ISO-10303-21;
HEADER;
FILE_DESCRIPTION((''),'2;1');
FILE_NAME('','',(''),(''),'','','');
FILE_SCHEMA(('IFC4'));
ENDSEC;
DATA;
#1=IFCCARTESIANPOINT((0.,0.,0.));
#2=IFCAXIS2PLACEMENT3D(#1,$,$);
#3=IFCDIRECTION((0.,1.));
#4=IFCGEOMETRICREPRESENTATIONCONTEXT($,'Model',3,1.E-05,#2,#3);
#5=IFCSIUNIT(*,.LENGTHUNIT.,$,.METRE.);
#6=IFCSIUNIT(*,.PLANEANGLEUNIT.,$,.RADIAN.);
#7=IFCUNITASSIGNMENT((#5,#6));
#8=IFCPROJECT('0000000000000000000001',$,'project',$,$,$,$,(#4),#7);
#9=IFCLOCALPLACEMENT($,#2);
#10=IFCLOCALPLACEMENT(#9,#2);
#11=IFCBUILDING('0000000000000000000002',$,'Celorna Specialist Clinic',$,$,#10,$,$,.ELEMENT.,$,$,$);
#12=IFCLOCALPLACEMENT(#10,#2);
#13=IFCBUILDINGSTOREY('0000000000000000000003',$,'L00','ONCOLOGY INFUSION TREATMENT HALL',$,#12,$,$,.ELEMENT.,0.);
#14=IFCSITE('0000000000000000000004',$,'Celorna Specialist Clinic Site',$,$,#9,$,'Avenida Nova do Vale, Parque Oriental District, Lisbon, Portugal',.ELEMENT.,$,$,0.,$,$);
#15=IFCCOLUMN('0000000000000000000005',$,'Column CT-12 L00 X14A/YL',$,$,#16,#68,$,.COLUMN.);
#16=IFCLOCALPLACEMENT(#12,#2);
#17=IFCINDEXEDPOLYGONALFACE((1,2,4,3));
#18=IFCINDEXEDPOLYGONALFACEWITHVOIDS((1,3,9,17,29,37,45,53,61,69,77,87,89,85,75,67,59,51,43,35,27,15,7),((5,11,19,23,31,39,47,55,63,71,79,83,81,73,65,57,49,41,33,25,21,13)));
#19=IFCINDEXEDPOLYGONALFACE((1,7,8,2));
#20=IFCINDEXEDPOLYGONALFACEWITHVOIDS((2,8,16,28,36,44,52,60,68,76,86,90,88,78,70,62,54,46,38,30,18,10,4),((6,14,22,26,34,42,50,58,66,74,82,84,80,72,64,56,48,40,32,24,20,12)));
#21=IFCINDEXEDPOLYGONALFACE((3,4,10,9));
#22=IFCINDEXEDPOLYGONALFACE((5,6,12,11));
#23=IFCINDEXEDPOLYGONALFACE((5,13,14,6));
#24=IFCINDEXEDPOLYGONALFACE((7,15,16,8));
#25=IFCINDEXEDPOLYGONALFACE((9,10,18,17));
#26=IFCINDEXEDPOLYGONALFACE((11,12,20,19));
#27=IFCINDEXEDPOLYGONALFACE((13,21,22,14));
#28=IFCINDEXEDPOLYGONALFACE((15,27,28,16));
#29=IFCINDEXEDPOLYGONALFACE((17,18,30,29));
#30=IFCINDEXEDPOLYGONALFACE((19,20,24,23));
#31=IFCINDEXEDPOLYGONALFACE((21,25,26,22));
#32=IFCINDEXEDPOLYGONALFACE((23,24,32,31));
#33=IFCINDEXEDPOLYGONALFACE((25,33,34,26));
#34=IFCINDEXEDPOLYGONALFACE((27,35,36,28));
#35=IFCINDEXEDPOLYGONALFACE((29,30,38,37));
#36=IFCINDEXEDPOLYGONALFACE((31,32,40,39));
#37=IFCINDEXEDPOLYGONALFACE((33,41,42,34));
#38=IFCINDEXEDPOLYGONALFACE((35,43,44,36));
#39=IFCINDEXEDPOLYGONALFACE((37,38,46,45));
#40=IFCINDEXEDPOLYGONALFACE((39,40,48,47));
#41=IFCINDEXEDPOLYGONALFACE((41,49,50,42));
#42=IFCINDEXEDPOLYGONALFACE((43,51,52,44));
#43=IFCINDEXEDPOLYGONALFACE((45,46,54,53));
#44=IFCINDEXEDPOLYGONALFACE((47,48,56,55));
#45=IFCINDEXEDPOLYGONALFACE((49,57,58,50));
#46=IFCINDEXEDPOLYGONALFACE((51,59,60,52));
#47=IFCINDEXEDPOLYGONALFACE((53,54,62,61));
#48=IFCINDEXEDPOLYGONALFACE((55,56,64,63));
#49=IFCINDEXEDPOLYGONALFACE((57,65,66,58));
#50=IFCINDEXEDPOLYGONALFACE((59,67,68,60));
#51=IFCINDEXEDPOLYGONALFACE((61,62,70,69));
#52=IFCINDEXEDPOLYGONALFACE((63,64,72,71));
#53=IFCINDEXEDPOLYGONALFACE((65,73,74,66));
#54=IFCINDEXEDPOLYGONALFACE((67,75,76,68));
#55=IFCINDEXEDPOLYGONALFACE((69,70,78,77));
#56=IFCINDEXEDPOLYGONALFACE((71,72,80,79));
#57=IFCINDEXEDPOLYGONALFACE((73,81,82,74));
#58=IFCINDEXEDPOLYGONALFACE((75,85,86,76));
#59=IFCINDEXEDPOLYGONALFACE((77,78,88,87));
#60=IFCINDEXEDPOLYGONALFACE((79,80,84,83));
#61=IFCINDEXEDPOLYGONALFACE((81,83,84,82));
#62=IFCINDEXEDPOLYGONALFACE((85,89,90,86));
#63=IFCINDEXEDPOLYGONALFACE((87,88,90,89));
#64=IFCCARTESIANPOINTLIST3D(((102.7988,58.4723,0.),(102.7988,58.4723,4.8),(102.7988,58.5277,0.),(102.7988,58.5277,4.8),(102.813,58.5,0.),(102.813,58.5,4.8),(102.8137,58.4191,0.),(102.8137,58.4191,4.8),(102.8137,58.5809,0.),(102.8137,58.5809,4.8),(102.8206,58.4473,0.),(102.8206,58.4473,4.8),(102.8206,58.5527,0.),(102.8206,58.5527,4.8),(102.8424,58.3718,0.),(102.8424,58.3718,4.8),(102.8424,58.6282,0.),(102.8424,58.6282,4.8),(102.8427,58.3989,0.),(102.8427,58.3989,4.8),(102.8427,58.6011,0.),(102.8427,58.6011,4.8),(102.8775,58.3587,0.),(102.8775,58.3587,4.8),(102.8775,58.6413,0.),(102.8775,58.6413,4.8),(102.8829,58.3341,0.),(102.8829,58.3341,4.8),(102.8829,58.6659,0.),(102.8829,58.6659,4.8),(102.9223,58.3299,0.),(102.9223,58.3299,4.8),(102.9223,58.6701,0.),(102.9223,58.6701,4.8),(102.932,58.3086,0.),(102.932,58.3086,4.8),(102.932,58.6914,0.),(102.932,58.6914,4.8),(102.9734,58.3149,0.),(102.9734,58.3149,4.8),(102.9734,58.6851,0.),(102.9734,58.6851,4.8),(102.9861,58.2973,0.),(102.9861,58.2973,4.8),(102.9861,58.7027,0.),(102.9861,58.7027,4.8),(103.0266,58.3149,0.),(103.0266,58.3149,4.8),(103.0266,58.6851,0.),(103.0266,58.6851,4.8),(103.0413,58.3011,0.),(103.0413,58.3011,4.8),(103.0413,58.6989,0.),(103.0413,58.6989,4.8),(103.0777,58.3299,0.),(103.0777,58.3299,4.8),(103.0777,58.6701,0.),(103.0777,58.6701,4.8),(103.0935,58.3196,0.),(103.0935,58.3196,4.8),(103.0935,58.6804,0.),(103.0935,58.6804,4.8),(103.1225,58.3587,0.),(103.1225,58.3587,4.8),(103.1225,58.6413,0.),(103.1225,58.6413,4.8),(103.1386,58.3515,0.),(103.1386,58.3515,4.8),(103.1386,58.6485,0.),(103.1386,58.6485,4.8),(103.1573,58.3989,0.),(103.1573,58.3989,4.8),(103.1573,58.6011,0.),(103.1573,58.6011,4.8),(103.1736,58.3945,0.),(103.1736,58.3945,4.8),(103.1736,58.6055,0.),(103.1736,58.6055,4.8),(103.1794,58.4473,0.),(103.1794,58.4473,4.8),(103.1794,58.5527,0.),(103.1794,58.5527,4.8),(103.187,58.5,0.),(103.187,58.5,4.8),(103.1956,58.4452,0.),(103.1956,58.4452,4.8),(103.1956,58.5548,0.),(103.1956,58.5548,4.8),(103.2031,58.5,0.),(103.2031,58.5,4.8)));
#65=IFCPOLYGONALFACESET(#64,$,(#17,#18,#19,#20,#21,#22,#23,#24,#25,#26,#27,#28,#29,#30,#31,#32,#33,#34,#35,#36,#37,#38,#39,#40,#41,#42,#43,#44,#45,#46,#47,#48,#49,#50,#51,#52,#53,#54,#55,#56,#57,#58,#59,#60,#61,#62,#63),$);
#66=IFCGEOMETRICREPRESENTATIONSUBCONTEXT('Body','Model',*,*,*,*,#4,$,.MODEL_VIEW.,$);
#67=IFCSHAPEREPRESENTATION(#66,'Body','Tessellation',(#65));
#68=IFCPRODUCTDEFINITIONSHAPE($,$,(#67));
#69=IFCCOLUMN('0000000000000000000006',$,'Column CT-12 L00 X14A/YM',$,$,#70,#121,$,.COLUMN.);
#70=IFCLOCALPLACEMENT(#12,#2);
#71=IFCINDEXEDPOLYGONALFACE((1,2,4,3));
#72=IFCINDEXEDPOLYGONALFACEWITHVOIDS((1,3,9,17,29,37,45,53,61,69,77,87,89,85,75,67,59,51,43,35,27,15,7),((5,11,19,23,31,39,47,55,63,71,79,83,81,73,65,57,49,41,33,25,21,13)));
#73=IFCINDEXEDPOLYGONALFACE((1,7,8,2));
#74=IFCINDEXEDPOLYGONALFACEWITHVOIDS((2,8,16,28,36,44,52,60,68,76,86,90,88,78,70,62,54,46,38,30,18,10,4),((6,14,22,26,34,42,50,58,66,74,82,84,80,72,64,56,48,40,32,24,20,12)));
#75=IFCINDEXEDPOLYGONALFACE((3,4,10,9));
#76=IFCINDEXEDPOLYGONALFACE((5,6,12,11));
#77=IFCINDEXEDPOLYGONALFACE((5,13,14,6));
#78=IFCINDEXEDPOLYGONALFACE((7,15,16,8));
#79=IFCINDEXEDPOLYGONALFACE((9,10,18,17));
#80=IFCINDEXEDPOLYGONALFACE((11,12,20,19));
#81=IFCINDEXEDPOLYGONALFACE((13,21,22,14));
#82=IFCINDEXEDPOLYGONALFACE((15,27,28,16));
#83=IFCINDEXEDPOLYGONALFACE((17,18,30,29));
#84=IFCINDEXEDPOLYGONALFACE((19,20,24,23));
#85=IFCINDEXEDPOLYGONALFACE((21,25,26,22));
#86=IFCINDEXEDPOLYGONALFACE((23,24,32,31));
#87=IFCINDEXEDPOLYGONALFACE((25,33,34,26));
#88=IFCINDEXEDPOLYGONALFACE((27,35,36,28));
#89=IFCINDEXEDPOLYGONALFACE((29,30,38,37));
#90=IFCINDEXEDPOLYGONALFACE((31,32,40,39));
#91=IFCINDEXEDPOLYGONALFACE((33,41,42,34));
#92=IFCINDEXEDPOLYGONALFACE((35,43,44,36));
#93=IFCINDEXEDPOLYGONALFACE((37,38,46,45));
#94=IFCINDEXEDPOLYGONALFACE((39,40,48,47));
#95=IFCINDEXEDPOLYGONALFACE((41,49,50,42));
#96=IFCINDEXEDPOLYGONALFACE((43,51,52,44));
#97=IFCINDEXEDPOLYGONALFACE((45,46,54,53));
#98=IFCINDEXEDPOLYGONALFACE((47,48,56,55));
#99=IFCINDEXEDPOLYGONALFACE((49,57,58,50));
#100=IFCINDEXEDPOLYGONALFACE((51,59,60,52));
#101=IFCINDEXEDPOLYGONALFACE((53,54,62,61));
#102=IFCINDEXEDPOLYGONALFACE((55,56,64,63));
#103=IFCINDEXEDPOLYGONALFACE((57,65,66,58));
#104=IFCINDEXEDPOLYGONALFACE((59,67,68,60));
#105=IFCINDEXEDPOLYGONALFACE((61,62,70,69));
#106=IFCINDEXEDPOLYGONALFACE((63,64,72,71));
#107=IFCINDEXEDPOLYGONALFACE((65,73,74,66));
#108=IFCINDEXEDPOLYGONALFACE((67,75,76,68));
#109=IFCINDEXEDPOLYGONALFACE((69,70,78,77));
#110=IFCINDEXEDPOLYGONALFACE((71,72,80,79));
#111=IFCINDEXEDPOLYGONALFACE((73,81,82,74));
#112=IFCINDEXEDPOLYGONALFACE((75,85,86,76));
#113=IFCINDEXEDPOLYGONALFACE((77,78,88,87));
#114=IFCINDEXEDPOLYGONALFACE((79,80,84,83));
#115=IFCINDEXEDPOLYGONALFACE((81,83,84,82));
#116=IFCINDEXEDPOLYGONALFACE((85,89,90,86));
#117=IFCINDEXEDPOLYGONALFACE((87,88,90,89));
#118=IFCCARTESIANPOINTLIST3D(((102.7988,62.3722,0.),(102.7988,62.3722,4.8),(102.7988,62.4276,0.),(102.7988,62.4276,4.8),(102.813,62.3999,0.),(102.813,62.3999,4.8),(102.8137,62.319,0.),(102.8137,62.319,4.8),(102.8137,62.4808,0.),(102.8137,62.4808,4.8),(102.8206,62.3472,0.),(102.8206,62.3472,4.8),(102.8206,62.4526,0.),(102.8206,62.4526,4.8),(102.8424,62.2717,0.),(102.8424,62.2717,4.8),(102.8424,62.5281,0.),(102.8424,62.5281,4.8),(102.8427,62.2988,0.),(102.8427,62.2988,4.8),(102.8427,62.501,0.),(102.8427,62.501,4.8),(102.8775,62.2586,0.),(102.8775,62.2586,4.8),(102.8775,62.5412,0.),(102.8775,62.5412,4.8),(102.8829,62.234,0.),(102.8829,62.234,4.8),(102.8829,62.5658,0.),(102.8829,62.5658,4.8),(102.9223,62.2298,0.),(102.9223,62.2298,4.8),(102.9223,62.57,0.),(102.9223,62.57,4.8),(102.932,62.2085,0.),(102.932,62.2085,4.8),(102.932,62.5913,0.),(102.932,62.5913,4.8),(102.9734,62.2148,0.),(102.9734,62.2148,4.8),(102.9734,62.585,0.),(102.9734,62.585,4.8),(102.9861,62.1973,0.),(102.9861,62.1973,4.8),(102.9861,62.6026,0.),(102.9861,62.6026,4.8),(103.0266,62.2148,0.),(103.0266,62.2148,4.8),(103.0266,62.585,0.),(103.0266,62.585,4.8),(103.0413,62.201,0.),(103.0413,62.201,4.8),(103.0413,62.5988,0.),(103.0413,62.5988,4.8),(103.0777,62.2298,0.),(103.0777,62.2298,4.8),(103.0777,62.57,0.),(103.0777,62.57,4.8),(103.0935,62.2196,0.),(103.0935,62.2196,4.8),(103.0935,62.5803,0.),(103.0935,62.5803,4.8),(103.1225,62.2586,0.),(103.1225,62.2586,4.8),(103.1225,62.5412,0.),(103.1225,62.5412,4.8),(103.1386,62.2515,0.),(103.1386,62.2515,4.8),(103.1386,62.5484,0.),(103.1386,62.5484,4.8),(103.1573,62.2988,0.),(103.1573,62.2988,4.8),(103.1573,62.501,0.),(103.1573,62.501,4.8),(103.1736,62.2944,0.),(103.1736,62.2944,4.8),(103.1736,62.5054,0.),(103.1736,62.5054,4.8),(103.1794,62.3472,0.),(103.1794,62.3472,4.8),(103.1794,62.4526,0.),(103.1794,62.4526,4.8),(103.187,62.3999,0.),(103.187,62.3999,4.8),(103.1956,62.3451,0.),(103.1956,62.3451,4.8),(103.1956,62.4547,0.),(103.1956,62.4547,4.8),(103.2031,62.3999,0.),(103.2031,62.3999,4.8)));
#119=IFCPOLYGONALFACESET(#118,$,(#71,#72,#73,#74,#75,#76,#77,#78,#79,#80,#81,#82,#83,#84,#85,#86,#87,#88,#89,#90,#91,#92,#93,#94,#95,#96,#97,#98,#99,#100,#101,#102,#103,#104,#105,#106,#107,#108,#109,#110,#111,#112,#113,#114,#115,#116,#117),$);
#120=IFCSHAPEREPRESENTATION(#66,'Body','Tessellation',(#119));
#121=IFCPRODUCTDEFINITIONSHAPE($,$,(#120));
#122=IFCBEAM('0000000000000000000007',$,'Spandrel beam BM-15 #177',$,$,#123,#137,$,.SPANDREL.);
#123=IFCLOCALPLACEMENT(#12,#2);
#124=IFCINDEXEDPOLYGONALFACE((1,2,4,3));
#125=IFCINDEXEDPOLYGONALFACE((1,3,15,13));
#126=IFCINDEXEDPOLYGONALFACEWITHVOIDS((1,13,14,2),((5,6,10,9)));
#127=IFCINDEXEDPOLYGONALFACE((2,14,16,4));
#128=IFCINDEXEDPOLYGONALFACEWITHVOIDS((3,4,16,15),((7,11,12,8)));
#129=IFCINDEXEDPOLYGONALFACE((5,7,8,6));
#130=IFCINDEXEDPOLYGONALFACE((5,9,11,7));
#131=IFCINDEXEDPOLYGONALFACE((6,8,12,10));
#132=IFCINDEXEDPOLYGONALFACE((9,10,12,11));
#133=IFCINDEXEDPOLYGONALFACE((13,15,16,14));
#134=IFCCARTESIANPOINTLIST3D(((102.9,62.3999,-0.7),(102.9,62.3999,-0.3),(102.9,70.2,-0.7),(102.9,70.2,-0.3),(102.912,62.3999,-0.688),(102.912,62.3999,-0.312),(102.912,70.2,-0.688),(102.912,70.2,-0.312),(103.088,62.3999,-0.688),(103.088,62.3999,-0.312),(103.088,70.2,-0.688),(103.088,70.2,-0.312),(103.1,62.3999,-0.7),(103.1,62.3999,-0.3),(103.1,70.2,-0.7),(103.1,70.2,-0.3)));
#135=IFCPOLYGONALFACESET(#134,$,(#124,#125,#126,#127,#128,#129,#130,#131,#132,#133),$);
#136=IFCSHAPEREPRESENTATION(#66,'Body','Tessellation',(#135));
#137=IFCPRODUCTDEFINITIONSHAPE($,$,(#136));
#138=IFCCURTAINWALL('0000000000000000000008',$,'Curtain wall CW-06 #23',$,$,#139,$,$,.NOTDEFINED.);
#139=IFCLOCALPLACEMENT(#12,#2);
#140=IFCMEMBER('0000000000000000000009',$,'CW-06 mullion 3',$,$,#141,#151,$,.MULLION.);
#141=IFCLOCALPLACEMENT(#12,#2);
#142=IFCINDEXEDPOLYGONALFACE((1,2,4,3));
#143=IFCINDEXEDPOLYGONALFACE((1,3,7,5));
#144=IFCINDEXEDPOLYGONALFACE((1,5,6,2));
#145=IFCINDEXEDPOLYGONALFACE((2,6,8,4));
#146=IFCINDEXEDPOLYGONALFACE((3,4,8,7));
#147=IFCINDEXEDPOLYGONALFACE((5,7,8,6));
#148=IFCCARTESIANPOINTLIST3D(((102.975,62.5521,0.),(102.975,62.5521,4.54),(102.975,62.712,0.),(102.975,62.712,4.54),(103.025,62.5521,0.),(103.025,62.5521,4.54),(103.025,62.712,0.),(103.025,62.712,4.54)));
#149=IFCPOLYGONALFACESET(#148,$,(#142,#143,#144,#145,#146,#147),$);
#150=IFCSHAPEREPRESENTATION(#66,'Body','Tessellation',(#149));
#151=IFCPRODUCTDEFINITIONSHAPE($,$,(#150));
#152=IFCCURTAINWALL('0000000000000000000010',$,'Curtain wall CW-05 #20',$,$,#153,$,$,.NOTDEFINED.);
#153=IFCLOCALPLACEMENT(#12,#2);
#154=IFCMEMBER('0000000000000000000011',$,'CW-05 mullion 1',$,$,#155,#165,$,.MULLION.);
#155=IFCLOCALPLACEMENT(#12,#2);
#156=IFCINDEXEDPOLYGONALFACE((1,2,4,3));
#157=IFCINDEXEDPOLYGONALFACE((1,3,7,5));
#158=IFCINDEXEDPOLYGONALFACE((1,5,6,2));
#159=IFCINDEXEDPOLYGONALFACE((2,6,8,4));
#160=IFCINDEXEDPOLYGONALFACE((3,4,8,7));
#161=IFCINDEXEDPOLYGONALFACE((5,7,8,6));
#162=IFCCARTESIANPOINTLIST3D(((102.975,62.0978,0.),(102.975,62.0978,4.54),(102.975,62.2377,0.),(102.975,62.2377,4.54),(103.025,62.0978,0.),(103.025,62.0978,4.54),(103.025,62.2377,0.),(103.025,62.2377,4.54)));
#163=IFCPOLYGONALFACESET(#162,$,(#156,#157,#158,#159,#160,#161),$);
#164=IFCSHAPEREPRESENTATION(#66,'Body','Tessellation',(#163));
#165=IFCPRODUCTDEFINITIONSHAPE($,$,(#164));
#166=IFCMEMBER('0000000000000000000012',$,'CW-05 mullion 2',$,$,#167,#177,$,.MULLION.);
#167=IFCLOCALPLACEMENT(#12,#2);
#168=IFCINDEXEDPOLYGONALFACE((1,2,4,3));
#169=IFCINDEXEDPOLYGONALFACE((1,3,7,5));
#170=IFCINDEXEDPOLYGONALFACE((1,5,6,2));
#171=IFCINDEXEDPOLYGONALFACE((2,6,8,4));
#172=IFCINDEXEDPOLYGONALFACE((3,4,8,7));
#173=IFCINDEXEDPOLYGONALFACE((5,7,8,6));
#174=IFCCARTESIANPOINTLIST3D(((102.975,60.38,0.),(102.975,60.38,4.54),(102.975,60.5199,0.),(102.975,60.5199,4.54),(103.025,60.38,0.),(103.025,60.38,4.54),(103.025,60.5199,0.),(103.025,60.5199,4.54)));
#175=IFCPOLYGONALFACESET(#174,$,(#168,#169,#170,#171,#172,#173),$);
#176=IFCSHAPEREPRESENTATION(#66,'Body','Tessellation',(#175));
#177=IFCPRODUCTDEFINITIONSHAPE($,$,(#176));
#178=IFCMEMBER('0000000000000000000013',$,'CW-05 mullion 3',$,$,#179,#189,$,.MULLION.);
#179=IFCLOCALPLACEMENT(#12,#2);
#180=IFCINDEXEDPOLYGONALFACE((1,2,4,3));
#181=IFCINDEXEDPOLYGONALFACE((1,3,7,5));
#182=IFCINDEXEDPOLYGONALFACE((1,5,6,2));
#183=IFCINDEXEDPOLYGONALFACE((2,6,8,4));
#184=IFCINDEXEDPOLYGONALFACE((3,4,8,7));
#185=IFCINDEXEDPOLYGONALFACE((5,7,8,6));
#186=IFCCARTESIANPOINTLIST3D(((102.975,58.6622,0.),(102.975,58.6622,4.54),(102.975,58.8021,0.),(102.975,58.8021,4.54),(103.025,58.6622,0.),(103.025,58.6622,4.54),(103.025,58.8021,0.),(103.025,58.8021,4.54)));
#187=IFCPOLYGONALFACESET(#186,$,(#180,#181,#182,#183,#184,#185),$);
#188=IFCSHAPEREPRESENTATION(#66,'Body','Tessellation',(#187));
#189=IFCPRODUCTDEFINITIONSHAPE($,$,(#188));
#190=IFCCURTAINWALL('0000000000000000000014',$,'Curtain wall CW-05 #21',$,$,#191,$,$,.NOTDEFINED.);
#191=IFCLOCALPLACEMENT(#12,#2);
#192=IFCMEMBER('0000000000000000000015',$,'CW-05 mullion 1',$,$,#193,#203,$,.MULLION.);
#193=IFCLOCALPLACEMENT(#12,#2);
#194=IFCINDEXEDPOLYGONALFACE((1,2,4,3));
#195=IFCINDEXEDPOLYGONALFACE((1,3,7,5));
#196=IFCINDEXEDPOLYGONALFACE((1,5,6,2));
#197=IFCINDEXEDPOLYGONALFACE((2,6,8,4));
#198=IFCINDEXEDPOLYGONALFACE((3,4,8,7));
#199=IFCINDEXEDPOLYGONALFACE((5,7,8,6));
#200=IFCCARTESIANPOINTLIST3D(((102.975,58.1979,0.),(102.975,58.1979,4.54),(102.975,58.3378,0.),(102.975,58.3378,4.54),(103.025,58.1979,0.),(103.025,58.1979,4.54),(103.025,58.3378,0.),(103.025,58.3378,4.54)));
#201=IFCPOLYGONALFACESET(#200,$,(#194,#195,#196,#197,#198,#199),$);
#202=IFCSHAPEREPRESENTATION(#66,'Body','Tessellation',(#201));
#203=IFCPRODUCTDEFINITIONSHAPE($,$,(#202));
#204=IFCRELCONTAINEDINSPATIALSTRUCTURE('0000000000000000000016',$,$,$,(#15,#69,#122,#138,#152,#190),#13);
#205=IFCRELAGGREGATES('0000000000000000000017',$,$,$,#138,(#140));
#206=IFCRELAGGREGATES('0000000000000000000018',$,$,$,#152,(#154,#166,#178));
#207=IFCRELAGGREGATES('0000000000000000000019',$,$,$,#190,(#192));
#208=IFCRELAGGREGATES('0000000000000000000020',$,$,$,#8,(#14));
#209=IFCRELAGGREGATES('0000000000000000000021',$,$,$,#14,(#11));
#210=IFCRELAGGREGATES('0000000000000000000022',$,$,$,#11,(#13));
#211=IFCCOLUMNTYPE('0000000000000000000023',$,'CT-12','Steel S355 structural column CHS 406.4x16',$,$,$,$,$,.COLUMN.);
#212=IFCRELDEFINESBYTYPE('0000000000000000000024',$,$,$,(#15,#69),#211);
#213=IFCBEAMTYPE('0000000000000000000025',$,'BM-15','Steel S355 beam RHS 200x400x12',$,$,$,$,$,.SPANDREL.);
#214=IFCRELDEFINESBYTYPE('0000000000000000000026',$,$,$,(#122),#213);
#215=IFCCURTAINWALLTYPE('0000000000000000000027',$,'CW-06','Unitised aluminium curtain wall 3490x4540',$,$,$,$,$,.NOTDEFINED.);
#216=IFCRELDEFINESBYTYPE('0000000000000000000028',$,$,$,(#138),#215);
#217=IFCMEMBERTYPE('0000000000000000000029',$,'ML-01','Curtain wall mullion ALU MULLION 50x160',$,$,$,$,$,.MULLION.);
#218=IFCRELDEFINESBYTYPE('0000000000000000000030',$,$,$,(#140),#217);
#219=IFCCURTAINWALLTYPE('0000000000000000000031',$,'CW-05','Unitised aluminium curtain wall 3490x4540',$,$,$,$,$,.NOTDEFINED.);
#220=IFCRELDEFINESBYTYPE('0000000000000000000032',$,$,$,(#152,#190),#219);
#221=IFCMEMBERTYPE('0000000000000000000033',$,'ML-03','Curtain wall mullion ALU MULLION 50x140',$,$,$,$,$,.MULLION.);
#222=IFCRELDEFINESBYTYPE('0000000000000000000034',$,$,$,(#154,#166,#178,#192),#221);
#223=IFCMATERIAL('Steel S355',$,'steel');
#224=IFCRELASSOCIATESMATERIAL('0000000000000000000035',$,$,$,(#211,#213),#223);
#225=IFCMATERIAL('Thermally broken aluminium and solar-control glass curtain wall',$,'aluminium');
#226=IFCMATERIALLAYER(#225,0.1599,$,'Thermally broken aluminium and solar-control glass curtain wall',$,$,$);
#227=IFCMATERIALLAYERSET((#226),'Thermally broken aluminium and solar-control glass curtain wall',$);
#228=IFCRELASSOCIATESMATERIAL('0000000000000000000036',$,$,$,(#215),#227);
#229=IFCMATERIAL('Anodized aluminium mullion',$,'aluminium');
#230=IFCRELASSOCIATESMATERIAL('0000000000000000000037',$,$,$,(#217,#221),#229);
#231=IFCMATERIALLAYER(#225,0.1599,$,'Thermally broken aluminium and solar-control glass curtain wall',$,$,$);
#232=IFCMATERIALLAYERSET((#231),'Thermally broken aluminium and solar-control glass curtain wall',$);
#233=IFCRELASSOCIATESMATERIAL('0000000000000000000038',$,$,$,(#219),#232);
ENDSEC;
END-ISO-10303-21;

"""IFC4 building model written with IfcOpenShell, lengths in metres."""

from ifc_helpers import new_model, si_unit, direction, frame, origin, origin_2d, place, context, subcontext, project, spatial, rectangle, hollow_rectangle, hollow_circle, extrude, material, layer, layer_set, material_profile, profile_set, type_object, element, aggregate, save


model = new_model("IFC4")

# Units and contexts
model_context = context("Model", 3, precision=1e-05, world=origin(), true_north=direction((0.0, 1.0)))
body_context = subcontext(model_context, "Body", "Model", "MODEL_VIEW")
ifc_project = project(units=[si_unit("LENGTHUNIT", "METRE"), si_unit("PLANEANGLEUNIT", "RADIAN")], contexts=[model_context])

# Site, building, storey
site_placement = place(None, origin())
site = spatial("IfcSite", under=ifc_project, at=site_placement, Name="Celorna Specialist Clinic Site", LongName="Avenida Nova do Vale, Parque Oriental District, Lisbon, Portugal", CompositionType="ELEMENT", RefElevation=0.0)
building_placement = place(site_placement, origin())
building = spatial("IfcBuilding", under=site, at=building_placement, Name="Celorna Specialist Clinic", CompositionType="ELEMENT")
storey_placement = place(building_placement, origin())
storey = spatial("IfcBuildingStorey", under=building, at=storey_placement, Name="L00", Description="ONCOLOGY INFUSION TREATMENT HALL", CompositionType="ELEMENT", Elevation=0.0)

# Columns
ifc_material_1 = material(Name="Steel S355", Category="steel")
ifc_material_profile_1 = material_profile(ifc_material_1, hollow_circle(Radius=0.2031, WallThickness=0.0161, at=origin_2d()), Name="CHS 406.4x16")
ifc_profile_set_1 = profile_set([ifc_material_profile_1], Name="Steel S355")
column_type = type_object("IfcColumnType", Name="CT-12", Description="Steel S355 structural column CHS 406.4x16", PredefinedType="COLUMN", material=ifc_profile_set_1)
for number, where, z_axis, x_axis, name in (
    (1, (103.0, 58.5, 0.0), (0.0, 0.0, 1.0), (1.0, 0.0, 0.0), "Column CT-12 L00 X14A/YL"),
    (2, (103.0, 62.3999, 0.0), (0.0, 0.0, 1.0), (1.0, 0.0, 0.0), "Column CT-12 L00 X14A/YM"),
):
    element("IfcColumn", number, at=place(storey_placement, frame(where, z_axis=z_axis, x_axis=x_axis)), inside=storey, type_object=column_type, Name=name, PredefinedType="COLUMN", context=body_context, shape_type="SweptSolid", body=[
        extrude(hollow_circle(Radius=0.2031, WallThickness=0.0161, at=origin_2d()), origin(), (0.0, 0.0, 1.0), 4.8),
    ])

# Beam
ifc_material_profile_2 = material_profile(ifc_material_1, hollow_rectangle(XDim=0.2, YDim=0.3999, WallThickness=0.012, at=origin_2d()), Name="RHS 200x400x12")
ifc_profile_set_2 = profile_set([ifc_material_profile_2], Name="Steel S355")
beam_type = type_object("IfcBeamType", Name="BM-15", Description="Steel S355 beam RHS 200x400x12", PredefinedType="SPANDREL", material=ifc_profile_set_2)
beam_placement = place(storey_placement, frame((103.0, 62.3999, -0.5), z_axis=(0.0, 1.0, 0.0), x_axis=(-1.0, 0.0, 0.0)))
element("IfcBeam", 3, at=beam_placement, inside=storey, type_object=beam_type, Name="Spandrel beam BM-15 #177", PredefinedType="SPANDREL", context=body_context, shape_type="SweptSolid", body=[
    extrude(hollow_rectangle(XDim=0.2, YDim=0.3999, WallThickness=0.012, at=origin_2d()), origin(), (0.0, 0.0, 1.0), 7.8),
])

# Curtain wall, member
ifc_material_2 = material(Name="Thermally broken aluminium and solar-control glass curtain wall", Category="aluminium")
ifc_layer_1 = layer(ifc_material_2, 0.1599, Name="Thermally broken aluminium and solar-control glass curtain wall")
ifc_layer_set_1 = layer_set([ifc_layer_1], Name="Thermally broken aluminium and solar-control glass curtain wall")
curtain_wall_type_1 = type_object("IfcCurtainWallType", Name="CW-06", Description="Unitised aluminium curtain wall 3490x4540", PredefinedType="NOTDEFINED", material=ifc_layer_set_1)
curtain_wall_1_placement = place(storey_placement, origin())
curtain_wall_1 = element("IfcCurtainWall", 4, at=curtain_wall_1_placement, inside=storey, type_object=curtain_wall_type_1, Name="Curtain wall CW-06 #23", PredefinedType="NOTDEFINED")
ifc_material_3 = material(Name="Anodized aluminium mullion", Category="aluminium")
ifc_material_profile_3 = material_profile(ifc_material_3, rectangle(XDim=0.05, YDim=0.1599, at=origin_2d()), Name="ALU MULLION 50x160")
ifc_profile_set_3 = profile_set([ifc_material_profile_3], Name="Anodized aluminium mullion")
member_type_1 = type_object("IfcMemberType", Name="ML-01", Description="Curtain wall mullion ALU MULLION 50x160", PredefinedType="MULLION", material=ifc_profile_set_3)
member_1_placement = place(storey_placement, frame((103.0, 62.6321, 0.0), z_axis=(0.0, 0.0, 1.0), x_axis=(1.0, 0.0, 0.0)))
member_1 = element("IfcMember", 5, at=member_1_placement, type_object=member_type_1, Name="CW-06 mullion 3", PredefinedType="MULLION", context=body_context, shape_type="SweptSolid", body=[
    extrude(rectangle(XDim=0.05, YDim=0.1599, at=origin_2d()), origin(), (0.0, 0.0, 1.0), 4.54),
])

# Curtain wall, members
ifc_layer_2 = layer(ifc_material_2, 0.1599, Name="Thermally broken aluminium and solar-control glass curtain wall")
ifc_layer_set_2 = layer_set([ifc_layer_2], Name="Thermally broken aluminium and solar-control glass curtain wall")
curtain_wall_type_2 = type_object("IfcCurtainWallType", Name="CW-05", Description="Unitised aluminium curtain wall 3490x4540", PredefinedType="NOTDEFINED", material=ifc_layer_set_2)
curtain_wall_2_placement = place(storey_placement, origin())
curtain_wall_2 = element("IfcCurtainWall", 6, at=curtain_wall_2_placement, inside=storey, type_object=curtain_wall_type_2, Name="Curtain wall CW-05 #20", PredefinedType="NOTDEFINED")
ifc_material_profile_4 = material_profile(ifc_material_3, rectangle(XDim=0.05, YDim=0.1399, at=origin_2d()), Name="ALU MULLION 50x140")
ifc_profile_set_4 = profile_set([ifc_material_profile_4], Name="Anodized aluminium mullion")
member_type_2 = type_object("IfcMemberType", Name="ML-03", Description="Curtain wall mullion ALU MULLION 50x140", PredefinedType="MULLION", material=ifc_profile_set_4)
member_2_placement = place(storey_placement, frame((103.0, 62.1677, 0.0), z_axis=(0.0, 0.0, 1.0), x_axis=(1.0, 0.0, 0.0)))
member_2 = element("IfcMember", 7, at=member_2_placement, type_object=member_type_2, Name="CW-05 mullion 1", PredefinedType="MULLION", context=body_context, shape_type="SweptSolid", body=[
    extrude(rectangle(XDim=0.05, YDim=0.1399, at=origin_2d()), origin(), (0.0, 0.0, 1.0), 4.54),
])
member_3_placement = place(storey_placement, frame((103.0, 60.45, 0.0), z_axis=(0.0, 0.0, 1.0), x_axis=(1.0, 0.0, 0.0)))
member_3 = element("IfcMember", 8, at=member_3_placement, type_object=member_type_2, Name="CW-05 mullion 2", PredefinedType="MULLION", context=body_context, shape_type="SweptSolid", body=[
    extrude(rectangle(XDim=0.05, YDim=0.1399, at=origin_2d()), origin(), (0.0, 0.0, 1.0), 4.54),
])
member_4_placement = place(storey_placement, frame((103.0, 58.7322, 0.0), z_axis=(0.0, 0.0, 1.0), x_axis=(1.0, 0.0, 0.0)))
member_4 = element("IfcMember", 9, at=member_4_placement, type_object=member_type_2, Name="CW-05 mullion 3", PredefinedType="MULLION", context=body_context, shape_type="SweptSolid", body=[
    extrude(rectangle(XDim=0.05, YDim=0.1399, at=origin_2d()), origin(), (0.0, 0.0, 1.0), 4.54),
])

# Curtain wall, member
curtain_wall_3_placement = place(storey_placement, origin())
curtain_wall_3 = element("IfcCurtainWall", 10, at=curtain_wall_3_placement, inside=storey, type_object=curtain_wall_type_2, Name="Curtain wall CW-05 #21", PredefinedType="NOTDEFINED")
member_5_placement = place(storey_placement, frame((103.0, 58.2678, 0.0), z_axis=(0.0, 0.0, 1.0), x_axis=(1.0, 0.0, 0.0)))
member_5 = element("IfcMember", 11, at=member_5_placement, type_object=member_type_2, Name="CW-05 mullion 1", PredefinedType="MULLION", context=body_context, shape_type="SweptSolid", body=[
    extrude(rectangle(XDim=0.05, YDim=0.1399, at=origin_2d()), origin(), (0.0, 0.0, 1.0), 4.54),
])

aggregate(curtain_wall_1, [member_1])
aggregate(curtain_wall_2, [member_2, member_3, member_4])
aggregate(curtain_wall_3, [member_5])

save(model, "model.ifc")
